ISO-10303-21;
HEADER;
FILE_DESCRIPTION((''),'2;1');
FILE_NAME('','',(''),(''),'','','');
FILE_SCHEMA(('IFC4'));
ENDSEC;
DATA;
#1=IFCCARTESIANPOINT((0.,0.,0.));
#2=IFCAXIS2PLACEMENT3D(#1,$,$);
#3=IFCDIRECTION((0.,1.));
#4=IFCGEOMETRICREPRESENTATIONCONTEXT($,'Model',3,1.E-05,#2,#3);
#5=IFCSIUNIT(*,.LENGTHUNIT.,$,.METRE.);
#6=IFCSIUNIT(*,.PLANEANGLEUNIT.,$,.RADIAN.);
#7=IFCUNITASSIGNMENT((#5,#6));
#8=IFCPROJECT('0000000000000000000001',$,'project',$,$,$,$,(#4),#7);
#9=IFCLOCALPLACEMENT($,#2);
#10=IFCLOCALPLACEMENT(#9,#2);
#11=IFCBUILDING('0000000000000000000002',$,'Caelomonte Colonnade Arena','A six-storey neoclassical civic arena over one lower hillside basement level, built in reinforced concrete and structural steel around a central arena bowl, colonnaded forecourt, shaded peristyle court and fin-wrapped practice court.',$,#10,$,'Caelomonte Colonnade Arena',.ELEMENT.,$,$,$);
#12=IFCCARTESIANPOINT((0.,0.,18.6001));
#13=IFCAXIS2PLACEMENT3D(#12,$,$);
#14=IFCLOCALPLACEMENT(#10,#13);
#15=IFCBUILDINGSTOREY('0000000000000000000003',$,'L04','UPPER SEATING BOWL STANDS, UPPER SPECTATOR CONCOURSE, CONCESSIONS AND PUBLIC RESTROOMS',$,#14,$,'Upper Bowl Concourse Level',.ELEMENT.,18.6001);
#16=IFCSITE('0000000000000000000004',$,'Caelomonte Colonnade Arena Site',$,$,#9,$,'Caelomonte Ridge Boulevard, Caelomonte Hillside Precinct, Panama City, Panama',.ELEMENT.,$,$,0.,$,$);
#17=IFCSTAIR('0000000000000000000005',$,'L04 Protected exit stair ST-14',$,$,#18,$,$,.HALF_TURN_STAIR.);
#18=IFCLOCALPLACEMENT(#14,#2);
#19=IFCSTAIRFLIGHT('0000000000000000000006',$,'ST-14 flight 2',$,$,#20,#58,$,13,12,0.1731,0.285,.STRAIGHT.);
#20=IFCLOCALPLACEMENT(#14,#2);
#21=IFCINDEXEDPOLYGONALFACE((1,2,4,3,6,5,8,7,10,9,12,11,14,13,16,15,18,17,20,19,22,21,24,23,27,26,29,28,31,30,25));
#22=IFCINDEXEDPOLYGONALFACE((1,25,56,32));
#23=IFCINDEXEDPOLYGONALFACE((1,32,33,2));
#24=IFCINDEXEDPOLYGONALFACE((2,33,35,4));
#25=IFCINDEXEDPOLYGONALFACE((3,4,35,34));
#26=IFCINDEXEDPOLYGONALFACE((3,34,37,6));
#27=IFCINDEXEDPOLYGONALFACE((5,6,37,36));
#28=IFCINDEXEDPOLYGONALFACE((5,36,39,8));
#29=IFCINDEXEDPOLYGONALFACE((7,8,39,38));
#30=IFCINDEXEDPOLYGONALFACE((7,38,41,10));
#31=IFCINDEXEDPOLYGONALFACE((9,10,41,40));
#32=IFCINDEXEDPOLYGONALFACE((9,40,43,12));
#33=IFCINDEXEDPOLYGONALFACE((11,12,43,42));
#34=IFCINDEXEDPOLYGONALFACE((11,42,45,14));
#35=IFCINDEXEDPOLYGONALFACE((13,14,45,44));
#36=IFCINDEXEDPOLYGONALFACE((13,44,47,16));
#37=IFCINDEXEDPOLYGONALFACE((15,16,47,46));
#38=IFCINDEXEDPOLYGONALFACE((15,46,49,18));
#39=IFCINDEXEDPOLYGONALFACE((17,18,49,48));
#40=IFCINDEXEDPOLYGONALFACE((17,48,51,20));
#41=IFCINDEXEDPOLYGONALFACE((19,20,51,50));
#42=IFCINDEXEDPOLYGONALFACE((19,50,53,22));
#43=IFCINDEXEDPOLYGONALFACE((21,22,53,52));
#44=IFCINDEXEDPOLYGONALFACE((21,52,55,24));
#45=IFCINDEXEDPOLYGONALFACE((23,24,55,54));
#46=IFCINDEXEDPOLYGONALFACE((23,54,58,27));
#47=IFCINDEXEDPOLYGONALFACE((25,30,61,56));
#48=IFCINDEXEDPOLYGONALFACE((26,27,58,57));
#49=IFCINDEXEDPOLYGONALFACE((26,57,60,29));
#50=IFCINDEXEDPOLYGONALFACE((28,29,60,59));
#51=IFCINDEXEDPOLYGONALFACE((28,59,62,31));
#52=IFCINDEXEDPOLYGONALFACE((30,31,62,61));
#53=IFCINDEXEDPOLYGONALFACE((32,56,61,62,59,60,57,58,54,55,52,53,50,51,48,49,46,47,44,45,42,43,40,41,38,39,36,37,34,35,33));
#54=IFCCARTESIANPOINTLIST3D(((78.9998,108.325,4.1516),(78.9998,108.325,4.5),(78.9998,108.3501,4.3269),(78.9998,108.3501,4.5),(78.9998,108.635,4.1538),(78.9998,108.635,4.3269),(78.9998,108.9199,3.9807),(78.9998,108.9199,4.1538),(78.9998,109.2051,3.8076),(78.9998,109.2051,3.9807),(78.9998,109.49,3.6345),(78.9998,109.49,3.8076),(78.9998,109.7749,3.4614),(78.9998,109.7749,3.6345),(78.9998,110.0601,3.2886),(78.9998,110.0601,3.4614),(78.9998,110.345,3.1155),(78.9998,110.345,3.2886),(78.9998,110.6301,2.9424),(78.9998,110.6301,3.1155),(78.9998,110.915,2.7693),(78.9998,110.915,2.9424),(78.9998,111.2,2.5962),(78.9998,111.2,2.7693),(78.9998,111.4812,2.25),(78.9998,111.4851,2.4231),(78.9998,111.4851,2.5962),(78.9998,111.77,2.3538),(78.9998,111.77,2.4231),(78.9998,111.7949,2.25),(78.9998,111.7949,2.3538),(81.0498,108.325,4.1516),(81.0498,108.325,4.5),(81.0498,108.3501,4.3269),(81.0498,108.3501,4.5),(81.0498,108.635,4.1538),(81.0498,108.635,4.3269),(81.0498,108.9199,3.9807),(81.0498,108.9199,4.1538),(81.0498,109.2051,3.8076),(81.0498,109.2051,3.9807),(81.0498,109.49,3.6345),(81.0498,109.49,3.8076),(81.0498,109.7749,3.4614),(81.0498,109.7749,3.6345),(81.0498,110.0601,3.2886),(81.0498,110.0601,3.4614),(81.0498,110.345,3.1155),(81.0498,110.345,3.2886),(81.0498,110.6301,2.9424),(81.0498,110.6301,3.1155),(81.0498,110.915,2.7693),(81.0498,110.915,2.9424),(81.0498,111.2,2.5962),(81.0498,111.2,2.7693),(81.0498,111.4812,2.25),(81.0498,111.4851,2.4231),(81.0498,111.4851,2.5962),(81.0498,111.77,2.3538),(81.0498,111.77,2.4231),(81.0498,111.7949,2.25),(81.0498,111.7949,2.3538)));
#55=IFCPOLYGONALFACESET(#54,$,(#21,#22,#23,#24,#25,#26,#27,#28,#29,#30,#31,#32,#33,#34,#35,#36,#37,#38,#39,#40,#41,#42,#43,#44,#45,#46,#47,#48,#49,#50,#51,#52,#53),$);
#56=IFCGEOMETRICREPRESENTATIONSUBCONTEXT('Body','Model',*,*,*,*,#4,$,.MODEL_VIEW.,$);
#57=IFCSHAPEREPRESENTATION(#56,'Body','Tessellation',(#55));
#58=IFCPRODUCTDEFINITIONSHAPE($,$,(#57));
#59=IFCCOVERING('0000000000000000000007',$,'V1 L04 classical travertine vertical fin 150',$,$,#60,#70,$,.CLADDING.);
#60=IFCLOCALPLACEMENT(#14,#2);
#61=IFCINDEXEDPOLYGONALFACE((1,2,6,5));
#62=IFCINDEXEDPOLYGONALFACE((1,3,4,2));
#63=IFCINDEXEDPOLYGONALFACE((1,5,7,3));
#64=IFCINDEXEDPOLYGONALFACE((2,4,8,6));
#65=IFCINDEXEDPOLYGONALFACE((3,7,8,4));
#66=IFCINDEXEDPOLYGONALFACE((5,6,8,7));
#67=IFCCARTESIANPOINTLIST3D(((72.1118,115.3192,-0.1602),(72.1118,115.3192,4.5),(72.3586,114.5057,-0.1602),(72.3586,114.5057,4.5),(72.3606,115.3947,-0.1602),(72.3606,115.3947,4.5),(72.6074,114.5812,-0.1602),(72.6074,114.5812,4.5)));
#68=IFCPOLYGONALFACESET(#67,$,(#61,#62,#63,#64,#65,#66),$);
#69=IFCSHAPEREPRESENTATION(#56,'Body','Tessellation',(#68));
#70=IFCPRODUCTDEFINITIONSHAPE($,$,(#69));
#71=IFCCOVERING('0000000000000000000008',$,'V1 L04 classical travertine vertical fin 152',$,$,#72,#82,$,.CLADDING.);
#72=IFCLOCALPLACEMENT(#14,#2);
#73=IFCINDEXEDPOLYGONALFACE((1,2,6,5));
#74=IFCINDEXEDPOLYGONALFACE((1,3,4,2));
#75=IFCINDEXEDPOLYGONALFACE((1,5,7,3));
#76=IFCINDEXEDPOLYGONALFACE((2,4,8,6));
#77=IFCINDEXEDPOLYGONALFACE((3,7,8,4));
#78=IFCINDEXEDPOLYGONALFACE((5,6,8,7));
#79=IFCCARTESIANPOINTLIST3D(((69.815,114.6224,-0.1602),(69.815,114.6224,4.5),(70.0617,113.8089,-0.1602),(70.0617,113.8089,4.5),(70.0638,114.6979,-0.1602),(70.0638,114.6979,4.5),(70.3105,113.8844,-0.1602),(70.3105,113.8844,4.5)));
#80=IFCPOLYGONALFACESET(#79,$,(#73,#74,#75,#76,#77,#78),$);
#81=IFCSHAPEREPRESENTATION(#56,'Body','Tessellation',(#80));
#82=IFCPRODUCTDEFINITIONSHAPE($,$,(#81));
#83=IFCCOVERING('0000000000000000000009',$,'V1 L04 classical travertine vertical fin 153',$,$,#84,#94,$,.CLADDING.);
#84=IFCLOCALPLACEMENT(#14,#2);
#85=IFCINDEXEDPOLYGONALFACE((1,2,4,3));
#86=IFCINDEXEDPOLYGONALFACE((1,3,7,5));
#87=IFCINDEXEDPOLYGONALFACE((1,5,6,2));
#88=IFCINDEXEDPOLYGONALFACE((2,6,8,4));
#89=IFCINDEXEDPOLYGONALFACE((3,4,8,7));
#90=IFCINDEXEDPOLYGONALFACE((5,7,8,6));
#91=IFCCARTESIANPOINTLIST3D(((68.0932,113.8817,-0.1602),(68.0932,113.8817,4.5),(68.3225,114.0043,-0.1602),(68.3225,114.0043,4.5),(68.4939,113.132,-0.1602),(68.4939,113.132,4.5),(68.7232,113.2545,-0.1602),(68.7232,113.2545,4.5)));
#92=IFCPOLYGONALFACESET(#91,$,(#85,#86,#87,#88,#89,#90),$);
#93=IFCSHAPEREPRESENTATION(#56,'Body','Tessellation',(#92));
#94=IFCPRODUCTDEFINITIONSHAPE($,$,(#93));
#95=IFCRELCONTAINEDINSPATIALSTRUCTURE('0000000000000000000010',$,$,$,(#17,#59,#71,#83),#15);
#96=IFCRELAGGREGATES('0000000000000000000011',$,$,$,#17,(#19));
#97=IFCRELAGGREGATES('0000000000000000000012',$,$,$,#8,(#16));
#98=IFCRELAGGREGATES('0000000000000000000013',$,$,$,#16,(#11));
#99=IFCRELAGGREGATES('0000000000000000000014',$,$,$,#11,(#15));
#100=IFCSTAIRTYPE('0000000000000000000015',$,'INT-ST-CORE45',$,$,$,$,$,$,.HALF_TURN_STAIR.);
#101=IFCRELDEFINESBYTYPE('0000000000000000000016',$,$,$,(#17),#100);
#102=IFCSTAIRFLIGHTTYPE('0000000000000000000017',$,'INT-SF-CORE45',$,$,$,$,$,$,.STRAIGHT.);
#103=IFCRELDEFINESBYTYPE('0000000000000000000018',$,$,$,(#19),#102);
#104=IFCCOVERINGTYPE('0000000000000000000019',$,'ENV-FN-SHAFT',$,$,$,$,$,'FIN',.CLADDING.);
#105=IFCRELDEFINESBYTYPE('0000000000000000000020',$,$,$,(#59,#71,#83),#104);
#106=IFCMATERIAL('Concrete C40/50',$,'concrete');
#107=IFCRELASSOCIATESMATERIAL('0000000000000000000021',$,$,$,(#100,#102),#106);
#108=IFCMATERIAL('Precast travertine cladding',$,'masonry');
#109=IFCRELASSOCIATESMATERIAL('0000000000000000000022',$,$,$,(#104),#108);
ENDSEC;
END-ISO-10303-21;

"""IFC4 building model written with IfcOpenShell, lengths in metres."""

from ifc_helpers import new_model, si_unit, direction, frame, origin, origin_2d, place, context, subcontext, project, spatial, polyline, rectangle, outline, extrude, material, material_profile, profile_set, type_object, element, aggregate, save


model = new_model("IFC4")

# Units and contexts
model_context = context("Model", 3, precision=1e-05, world=origin(), true_north=direction((0.0, 1.0)))
body_context = subcontext(model_context, "Body", "Model", "MODEL_VIEW")
ifc_project = project(units=[si_unit("LENGTHUNIT", "METRE"), si_unit("PLANEANGLEUNIT", "RADIAN")], contexts=[model_context])

# Site, building, storey
site_placement = place(None, origin())
site = spatial("IfcSite", under=ifc_project, at=site_placement, Name="Caelomonte Colonnade Arena Site", LongName="Caelomonte Ridge Boulevard, Caelomonte Hillside Precinct, Panama City, Panama", CompositionType="ELEMENT", RefElevation=0.0)
building_placement = place(site_placement, origin())
building = spatial("IfcBuilding", under=site, at=building_placement, Name="Caelomonte Colonnade Arena", Description="A six-storey neoclassical civic arena over one lower hillside basement level, built in reinforced concrete and structural steel around a central arena bowl, colonnaded forecourt, shaded peristyle court and fin-wrapped practice court.", LongName="Caelomonte Colonnade Arena", CompositionType="ELEMENT")
storey_placement = place(building_placement, frame((0.0, 0.0, 18.6001)))
storey = spatial("IfcBuildingStorey", under=building, at=storey_placement, Name="L04", Description="UPPER SEATING BOWL STANDS, UPPER SPECTATOR CONCOURSE, CONCESSIONS AND PUBLIC RESTROOMS", LongName="Upper Bowl Concourse Level", CompositionType="ELEMENT", Elevation=18.6001)

# Stair, stair flight
ifc_material_1 = material(Name="Concrete C40/50", Category="concrete")
stair_type = type_object("IfcStairType", Name="INT-ST-CORE45", PredefinedType="HALF_TURN_STAIR", material=ifc_material_1)
stair_placement = place(storey_placement, origin())
stair = element("IfcStair", 1, at=stair_placement, inside=storey, type_object=stair_type, Name="L04 Protected exit stair ST-14", PredefinedType="HALF_TURN_STAIR")
stair_flight_type = type_object("IfcStairFlightType", Name="INT-SF-CORE45", PredefinedType="STRAIGHT", material=ifc_material_1)
stair_flight_1_placement = place(storey_placement, frame((80.0249, 111.77, 2.25), z_axis=(0.0, 0.0, 1.0), x_axis=(0.0, -1.0, 0.0)))
stair_flight_1 = element("IfcStairFlight", 2, at=stair_flight_1_placement, type_object=stair_flight_type, Name="ST-14 flight 2", NumberOfRisers=13, NumberOfTreads=12, PredefinedType="STRAIGHT", RiserHeight=0.1731, TreadLength=0.285, context=body_context, shape_type="SweptSolid", body=[
    extrude(outline(polyline([(-0.0249, 0.0), (-0.0249, 0.1038), (0.0, 0.1038), (0.0, 0.1731), (0.2849, 0.1731), (0.2849, 0.3462), (0.5701, 0.3462), (0.5701, 0.5193), (0.855, 0.5193), (0.855, 0.6924), (1.1399, 0.6924), (1.1399, 0.8655), (1.425, 0.8655), (1.425, 1.0386), (1.71, 1.0386), (1.71, 1.2114), (1.9951, 1.2114), (1.9951, 1.3845), (2.28, 1.3845), (2.28, 1.5576), (2.5649, 1.5576), (2.5649, 1.7307), (2.8501, 1.7307), (2.8501, 1.9038), (3.135, 1.9038), (3.135, 2.0769), (3.4199, 2.0769), (3.4199, 2.25), (3.4451, 2.25), (3.4451, 1.9016), (0.2888, 0.0), (-0.0249, 0.0)])), frame((0.0, 1.0249, 0.0), z_axis=(0.0, -1.0, 0.0), x_axis=(1.0, 0.0, 0.0)), (0.0, 0.0, 1.0), 2.05),
])
aggregate(stair, [stair_flight_1])

# Coverings
ifc_material_2 = material(Name="Precast travertine cladding", Category="masonry")
ifc_material_profile_1 = material_profile(ifc_material_2, rectangle(XDim=0.26, YDim=0.8501, at=origin_2d()), Name="FIN260X850")
ifc_profile_set_1 = profile_set([ifc_material_profile_1], Name="Precast travertine cladding")
covering_type = type_object("IfcCoveringType", Name="ENV-FN-SHAFT", ElementType="FIN", PredefinedType="CLADDING", material=ifc_profile_set_1)
for number, where, z_axis, x_axis, name in (
    (3, (72.3596, 114.9502, -0.1602), (0.0, 0.0, 1.0), (0.956943, 0.290276, 0.0), "V1 L04 classical travertine vertical fin 150"),
    (4, (70.0627, 114.2534, -0.1602), (0.0, 0.0, 1.0), (0.956943, 0.290276, 0.0), "V1 L04 classical travertine vertical fin 152"),
    (5, (68.4082, 113.5681, -0.1602), (0.0, 0.0, 1.0), (0.881921, 0.471397, 0.0), "V1 L04 classical travertine vertical fin 153"),
):
    element("IfcCovering", number, at=place(storey_placement, frame(where, z_axis=z_axis, x_axis=x_axis)), inside=storey, type_object=covering_type, Name=name, PredefinedType="CLADDING", context=body_context, shape_type="SweptSolid", body=[
        extrude(rectangle(XDim=0.26, YDim=0.8501, at=origin_2d()), origin(), (0.0, 0.0, 1.0), 4.6602),
    ])

save(model, "model.ifc")
